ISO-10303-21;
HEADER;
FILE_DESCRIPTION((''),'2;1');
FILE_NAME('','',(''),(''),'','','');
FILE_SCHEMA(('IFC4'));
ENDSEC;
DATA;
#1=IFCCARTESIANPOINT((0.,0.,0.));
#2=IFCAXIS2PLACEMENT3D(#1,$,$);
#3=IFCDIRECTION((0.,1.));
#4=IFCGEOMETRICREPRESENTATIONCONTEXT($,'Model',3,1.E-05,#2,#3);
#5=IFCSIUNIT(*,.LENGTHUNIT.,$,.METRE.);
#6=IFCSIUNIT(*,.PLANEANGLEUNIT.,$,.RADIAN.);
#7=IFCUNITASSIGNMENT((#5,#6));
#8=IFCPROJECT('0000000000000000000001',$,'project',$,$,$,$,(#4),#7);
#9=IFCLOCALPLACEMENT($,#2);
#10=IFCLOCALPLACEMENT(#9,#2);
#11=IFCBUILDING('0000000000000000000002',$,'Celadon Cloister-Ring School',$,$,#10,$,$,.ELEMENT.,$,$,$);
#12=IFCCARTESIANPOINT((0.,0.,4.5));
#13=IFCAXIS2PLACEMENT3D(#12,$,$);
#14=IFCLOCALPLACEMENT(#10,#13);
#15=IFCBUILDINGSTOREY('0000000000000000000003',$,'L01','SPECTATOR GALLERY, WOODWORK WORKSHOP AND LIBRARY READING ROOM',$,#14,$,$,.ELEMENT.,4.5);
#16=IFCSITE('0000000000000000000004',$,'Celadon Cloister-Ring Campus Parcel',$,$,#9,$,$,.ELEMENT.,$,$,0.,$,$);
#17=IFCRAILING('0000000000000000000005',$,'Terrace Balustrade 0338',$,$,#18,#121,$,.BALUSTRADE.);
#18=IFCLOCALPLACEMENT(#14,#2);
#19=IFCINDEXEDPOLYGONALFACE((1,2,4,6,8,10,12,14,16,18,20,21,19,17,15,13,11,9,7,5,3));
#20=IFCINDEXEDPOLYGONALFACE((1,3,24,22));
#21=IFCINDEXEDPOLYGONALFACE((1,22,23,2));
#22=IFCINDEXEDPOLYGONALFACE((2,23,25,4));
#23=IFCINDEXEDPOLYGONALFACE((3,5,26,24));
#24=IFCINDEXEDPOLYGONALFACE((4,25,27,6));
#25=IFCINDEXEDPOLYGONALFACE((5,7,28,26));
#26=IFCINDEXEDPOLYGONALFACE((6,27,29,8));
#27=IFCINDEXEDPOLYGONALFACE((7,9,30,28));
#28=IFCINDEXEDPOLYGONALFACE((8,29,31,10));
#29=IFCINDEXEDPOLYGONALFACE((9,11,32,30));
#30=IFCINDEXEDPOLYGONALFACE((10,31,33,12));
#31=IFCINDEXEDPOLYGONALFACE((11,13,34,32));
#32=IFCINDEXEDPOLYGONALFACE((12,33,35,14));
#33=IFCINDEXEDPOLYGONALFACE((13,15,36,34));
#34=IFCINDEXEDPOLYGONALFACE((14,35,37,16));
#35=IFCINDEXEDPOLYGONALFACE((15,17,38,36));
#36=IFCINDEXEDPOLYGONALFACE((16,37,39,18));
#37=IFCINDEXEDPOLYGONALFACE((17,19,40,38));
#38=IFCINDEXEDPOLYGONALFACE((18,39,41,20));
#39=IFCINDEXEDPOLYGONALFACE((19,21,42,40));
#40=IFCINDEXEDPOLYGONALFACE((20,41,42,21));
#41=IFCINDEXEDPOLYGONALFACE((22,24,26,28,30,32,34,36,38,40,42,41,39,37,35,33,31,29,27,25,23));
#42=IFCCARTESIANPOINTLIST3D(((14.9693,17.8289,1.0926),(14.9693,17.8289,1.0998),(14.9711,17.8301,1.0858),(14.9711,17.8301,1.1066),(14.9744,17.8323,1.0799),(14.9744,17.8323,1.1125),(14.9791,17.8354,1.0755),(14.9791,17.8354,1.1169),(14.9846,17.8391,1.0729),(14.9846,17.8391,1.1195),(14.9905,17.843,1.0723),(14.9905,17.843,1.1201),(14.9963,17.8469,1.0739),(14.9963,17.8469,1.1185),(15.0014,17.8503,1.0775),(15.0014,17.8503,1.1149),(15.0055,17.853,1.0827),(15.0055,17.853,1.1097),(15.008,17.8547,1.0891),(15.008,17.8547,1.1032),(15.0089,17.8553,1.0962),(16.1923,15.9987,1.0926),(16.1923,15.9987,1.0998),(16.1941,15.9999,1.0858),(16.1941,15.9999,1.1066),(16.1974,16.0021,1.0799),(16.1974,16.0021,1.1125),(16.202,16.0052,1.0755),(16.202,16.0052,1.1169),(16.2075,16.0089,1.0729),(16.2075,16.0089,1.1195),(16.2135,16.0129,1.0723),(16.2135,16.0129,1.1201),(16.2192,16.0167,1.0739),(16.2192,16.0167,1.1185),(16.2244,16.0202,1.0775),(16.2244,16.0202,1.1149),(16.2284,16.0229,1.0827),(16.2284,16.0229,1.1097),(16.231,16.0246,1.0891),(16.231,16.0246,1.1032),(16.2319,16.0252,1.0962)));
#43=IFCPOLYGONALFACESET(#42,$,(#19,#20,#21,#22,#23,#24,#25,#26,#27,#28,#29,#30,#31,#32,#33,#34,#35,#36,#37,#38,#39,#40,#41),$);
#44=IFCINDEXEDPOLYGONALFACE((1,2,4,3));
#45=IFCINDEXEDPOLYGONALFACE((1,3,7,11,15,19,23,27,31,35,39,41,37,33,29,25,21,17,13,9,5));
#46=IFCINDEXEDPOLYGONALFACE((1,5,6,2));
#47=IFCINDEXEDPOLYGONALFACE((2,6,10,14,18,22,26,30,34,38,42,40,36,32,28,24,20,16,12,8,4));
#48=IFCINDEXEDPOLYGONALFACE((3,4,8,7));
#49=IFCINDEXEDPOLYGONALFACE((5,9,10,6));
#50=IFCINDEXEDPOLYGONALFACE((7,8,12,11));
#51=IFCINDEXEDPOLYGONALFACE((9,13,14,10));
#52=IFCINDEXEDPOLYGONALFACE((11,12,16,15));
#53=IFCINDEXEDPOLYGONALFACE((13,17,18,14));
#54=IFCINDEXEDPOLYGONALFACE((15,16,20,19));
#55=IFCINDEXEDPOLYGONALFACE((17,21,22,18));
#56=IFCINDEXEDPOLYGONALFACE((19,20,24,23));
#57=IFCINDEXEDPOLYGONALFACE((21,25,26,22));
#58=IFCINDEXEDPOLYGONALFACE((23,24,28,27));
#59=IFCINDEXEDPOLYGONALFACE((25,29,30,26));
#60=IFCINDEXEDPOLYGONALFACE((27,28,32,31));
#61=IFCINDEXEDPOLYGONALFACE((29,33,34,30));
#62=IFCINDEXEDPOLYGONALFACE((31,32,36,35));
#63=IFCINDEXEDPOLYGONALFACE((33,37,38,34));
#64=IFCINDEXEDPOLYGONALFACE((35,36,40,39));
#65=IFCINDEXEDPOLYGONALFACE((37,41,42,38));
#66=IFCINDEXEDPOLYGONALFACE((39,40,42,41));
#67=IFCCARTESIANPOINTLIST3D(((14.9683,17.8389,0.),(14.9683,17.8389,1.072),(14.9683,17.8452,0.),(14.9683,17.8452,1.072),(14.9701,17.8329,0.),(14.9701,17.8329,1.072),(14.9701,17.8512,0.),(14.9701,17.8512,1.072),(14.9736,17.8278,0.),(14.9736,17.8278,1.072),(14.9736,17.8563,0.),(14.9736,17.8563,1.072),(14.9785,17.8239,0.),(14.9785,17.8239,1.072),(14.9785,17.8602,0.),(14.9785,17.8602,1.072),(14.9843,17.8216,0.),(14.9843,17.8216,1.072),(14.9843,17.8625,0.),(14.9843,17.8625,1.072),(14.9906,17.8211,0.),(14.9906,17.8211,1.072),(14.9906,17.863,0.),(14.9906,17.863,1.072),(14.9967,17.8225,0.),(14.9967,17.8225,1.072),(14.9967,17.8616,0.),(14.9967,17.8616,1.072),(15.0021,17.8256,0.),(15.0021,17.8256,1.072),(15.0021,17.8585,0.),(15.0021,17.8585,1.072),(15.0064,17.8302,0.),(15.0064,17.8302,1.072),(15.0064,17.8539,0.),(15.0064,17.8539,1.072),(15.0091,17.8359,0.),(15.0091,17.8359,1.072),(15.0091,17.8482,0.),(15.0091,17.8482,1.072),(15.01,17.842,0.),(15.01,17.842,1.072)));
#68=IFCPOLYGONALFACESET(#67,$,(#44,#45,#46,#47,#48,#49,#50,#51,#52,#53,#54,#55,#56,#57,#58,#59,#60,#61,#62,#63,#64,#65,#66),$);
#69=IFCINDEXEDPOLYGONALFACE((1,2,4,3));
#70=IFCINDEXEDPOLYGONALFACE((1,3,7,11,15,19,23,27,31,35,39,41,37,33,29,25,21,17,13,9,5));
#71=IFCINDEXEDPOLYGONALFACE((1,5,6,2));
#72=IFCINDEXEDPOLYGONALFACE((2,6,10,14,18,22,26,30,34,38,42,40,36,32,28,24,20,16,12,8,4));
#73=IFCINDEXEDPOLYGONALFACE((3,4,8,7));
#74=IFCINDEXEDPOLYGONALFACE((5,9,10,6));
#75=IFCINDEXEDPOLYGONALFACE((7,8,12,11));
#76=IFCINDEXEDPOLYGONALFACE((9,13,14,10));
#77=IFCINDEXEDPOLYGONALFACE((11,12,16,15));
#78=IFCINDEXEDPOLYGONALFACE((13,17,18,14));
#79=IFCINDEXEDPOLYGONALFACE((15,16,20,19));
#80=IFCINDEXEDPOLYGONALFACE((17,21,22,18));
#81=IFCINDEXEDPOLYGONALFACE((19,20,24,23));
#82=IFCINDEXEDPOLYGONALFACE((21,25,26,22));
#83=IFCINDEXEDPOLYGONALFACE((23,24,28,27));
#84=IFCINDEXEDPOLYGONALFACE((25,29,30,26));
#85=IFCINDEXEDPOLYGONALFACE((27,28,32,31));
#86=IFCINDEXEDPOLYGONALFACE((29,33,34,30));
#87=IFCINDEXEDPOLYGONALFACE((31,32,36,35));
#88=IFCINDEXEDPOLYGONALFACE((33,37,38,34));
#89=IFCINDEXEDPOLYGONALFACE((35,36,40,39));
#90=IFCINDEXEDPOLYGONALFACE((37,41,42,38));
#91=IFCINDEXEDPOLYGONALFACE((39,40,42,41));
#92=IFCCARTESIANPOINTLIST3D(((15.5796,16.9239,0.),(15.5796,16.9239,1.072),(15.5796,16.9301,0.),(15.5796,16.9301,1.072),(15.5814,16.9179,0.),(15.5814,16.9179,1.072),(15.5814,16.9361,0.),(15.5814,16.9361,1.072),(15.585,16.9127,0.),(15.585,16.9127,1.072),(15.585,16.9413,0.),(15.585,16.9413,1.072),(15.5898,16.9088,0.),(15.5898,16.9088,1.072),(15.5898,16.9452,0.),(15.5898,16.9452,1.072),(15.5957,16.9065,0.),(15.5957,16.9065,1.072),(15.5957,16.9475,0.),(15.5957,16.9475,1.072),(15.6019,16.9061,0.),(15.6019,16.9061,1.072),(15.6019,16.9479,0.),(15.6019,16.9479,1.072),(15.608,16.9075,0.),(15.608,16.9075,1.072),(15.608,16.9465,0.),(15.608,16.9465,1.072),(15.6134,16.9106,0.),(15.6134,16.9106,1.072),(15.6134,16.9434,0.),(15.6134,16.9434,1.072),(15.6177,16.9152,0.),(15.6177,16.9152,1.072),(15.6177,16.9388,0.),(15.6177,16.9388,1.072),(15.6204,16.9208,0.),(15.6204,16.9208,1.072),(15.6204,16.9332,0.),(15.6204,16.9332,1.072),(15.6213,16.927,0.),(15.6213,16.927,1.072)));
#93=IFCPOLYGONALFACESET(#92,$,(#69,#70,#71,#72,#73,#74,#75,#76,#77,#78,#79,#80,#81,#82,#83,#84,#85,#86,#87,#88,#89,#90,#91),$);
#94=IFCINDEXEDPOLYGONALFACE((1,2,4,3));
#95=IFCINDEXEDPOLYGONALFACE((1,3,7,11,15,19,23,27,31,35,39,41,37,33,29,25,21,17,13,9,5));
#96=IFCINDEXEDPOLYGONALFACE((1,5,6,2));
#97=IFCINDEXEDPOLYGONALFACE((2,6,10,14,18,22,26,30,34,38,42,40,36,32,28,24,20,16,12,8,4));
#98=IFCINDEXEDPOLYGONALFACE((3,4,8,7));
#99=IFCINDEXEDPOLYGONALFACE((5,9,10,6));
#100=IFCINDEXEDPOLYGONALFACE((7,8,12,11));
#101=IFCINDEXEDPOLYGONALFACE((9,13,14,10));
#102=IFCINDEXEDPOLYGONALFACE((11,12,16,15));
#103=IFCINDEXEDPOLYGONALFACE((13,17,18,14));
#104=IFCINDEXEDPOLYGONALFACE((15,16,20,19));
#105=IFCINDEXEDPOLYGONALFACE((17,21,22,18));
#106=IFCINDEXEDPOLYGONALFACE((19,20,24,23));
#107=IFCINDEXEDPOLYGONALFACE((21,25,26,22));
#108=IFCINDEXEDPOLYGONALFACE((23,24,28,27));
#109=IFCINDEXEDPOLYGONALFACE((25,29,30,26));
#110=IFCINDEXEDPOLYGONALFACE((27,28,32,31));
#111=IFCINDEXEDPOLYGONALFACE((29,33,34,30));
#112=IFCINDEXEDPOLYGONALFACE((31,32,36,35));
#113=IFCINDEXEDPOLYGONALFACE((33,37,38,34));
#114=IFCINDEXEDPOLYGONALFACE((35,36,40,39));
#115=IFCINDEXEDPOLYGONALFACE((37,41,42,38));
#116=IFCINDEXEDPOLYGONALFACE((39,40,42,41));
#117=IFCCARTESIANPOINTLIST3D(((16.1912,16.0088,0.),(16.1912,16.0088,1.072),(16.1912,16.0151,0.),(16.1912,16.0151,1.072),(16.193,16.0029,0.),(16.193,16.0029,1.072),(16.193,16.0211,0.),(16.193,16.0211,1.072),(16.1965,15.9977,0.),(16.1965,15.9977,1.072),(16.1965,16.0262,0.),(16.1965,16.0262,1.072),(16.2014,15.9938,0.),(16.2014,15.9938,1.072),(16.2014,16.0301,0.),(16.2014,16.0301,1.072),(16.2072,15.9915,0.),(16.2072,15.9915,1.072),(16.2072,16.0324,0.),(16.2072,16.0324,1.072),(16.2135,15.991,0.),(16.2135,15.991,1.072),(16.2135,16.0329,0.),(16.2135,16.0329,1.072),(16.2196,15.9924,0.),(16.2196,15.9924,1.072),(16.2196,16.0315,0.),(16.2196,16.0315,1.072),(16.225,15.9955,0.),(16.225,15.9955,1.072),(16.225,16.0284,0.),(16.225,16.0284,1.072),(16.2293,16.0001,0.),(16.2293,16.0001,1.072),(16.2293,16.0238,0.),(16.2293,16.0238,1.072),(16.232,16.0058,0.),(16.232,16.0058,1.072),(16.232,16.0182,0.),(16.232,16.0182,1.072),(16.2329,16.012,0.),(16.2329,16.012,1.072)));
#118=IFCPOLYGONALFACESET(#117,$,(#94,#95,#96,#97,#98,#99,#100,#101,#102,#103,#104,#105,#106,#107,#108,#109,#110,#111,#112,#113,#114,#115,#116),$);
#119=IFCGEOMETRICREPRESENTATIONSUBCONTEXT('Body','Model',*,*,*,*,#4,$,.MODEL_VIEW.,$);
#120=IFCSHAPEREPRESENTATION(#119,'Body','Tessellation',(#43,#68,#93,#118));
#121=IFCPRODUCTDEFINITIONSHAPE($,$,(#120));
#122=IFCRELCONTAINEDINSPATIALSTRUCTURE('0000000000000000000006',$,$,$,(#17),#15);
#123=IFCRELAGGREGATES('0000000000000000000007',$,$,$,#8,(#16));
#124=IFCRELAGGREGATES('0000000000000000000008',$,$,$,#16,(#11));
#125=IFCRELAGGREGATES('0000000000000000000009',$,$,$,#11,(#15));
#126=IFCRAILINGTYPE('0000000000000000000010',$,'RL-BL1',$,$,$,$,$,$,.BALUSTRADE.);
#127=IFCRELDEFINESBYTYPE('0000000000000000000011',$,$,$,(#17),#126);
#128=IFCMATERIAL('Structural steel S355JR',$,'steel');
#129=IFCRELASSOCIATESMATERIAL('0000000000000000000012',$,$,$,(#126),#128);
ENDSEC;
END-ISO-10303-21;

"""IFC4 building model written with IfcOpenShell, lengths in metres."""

from ifc_helpers import new_model, si_unit, direction, frame, origin, origin_2d, place, context, subcontext, project, spatial, circle, extrude, material, type_object, element, save


model = new_model("IFC4")

# Units and contexts
model_context = context("Model", 3, precision=1e-05, world=origin(), true_north=direction((0.0, 1.0)))
body_context = subcontext(model_context, "Body", "Model", "MODEL_VIEW")
ifc_project = project(units=[si_unit("LENGTHUNIT", "METRE"), si_unit("PLANEANGLEUNIT", "RADIAN")], contexts=[model_context])

# Site, building, storey
site_placement = place(None, origin())
site = spatial("IfcSite", under=ifc_project, at=site_placement, Name="Celadon Cloister-Ring Campus Parcel", CompositionType="ELEMENT", RefElevation=0.0)
building_placement = place(site_placement, origin())
building = spatial("IfcBuilding", under=site, at=building_placement, Name="Celadon Cloister-Ring School", CompositionType="ELEMENT")
storey_placement = place(building_placement, frame((0.0, 0.0, 4.5)))
storey = spatial("IfcBuildingStorey", under=building, at=storey_placement, Name="L01", Description="SPECTATOR GALLERY, WOODWORK WORKSHOP AND LIBRARY READING ROOM", CompositionType="ELEMENT", Elevation=4.5)

# Railing
ifc_material_1 = material(Name="Structural steel S355JR", Category="steel")
railing_type = type_object("IfcRailingType", Name="RL-BL1", PredefinedType="BALUSTRADE", material=ifc_material_1)
railing_1_placement = place(storey_placement, frame((14.989, 17.842, 0.0)))
element("IfcRailing", 1, at=railing_1_placement, inside=storey, type_object=railing_type, Name="Terrace Balustrade 0338", PredefinedType="BALUSTRADE", context=body_context, shape_type="SweptSolid", body=[
    extrude(circle(Radius=0.0239, at=origin_2d()), frame((0.0, 0.0, 1.0962), z_axis=(0.555596, -0.831453, 0.0), x_axis=(0.831453, 0.555596, 0.0)), (0.0, 0.0, 1.0), 2.2012),
    extrude(circle(Radius=0.021, at=origin_2d()), origin(), (0.0, 0.0, 1.0), 1.072),
    extrude(circle(Radius=0.021, at=origin_2d()), frame((0.6113, -0.915, 0.0)), (0.0, 0.0, 1.0), 1.072),
    extrude(circle(Radius=0.021, at=origin_2d()), frame((1.2229, -1.8301, 0.0)), (0.0, 0.0, 1.0), 1.072),
])

save(model, "model.ifc")
